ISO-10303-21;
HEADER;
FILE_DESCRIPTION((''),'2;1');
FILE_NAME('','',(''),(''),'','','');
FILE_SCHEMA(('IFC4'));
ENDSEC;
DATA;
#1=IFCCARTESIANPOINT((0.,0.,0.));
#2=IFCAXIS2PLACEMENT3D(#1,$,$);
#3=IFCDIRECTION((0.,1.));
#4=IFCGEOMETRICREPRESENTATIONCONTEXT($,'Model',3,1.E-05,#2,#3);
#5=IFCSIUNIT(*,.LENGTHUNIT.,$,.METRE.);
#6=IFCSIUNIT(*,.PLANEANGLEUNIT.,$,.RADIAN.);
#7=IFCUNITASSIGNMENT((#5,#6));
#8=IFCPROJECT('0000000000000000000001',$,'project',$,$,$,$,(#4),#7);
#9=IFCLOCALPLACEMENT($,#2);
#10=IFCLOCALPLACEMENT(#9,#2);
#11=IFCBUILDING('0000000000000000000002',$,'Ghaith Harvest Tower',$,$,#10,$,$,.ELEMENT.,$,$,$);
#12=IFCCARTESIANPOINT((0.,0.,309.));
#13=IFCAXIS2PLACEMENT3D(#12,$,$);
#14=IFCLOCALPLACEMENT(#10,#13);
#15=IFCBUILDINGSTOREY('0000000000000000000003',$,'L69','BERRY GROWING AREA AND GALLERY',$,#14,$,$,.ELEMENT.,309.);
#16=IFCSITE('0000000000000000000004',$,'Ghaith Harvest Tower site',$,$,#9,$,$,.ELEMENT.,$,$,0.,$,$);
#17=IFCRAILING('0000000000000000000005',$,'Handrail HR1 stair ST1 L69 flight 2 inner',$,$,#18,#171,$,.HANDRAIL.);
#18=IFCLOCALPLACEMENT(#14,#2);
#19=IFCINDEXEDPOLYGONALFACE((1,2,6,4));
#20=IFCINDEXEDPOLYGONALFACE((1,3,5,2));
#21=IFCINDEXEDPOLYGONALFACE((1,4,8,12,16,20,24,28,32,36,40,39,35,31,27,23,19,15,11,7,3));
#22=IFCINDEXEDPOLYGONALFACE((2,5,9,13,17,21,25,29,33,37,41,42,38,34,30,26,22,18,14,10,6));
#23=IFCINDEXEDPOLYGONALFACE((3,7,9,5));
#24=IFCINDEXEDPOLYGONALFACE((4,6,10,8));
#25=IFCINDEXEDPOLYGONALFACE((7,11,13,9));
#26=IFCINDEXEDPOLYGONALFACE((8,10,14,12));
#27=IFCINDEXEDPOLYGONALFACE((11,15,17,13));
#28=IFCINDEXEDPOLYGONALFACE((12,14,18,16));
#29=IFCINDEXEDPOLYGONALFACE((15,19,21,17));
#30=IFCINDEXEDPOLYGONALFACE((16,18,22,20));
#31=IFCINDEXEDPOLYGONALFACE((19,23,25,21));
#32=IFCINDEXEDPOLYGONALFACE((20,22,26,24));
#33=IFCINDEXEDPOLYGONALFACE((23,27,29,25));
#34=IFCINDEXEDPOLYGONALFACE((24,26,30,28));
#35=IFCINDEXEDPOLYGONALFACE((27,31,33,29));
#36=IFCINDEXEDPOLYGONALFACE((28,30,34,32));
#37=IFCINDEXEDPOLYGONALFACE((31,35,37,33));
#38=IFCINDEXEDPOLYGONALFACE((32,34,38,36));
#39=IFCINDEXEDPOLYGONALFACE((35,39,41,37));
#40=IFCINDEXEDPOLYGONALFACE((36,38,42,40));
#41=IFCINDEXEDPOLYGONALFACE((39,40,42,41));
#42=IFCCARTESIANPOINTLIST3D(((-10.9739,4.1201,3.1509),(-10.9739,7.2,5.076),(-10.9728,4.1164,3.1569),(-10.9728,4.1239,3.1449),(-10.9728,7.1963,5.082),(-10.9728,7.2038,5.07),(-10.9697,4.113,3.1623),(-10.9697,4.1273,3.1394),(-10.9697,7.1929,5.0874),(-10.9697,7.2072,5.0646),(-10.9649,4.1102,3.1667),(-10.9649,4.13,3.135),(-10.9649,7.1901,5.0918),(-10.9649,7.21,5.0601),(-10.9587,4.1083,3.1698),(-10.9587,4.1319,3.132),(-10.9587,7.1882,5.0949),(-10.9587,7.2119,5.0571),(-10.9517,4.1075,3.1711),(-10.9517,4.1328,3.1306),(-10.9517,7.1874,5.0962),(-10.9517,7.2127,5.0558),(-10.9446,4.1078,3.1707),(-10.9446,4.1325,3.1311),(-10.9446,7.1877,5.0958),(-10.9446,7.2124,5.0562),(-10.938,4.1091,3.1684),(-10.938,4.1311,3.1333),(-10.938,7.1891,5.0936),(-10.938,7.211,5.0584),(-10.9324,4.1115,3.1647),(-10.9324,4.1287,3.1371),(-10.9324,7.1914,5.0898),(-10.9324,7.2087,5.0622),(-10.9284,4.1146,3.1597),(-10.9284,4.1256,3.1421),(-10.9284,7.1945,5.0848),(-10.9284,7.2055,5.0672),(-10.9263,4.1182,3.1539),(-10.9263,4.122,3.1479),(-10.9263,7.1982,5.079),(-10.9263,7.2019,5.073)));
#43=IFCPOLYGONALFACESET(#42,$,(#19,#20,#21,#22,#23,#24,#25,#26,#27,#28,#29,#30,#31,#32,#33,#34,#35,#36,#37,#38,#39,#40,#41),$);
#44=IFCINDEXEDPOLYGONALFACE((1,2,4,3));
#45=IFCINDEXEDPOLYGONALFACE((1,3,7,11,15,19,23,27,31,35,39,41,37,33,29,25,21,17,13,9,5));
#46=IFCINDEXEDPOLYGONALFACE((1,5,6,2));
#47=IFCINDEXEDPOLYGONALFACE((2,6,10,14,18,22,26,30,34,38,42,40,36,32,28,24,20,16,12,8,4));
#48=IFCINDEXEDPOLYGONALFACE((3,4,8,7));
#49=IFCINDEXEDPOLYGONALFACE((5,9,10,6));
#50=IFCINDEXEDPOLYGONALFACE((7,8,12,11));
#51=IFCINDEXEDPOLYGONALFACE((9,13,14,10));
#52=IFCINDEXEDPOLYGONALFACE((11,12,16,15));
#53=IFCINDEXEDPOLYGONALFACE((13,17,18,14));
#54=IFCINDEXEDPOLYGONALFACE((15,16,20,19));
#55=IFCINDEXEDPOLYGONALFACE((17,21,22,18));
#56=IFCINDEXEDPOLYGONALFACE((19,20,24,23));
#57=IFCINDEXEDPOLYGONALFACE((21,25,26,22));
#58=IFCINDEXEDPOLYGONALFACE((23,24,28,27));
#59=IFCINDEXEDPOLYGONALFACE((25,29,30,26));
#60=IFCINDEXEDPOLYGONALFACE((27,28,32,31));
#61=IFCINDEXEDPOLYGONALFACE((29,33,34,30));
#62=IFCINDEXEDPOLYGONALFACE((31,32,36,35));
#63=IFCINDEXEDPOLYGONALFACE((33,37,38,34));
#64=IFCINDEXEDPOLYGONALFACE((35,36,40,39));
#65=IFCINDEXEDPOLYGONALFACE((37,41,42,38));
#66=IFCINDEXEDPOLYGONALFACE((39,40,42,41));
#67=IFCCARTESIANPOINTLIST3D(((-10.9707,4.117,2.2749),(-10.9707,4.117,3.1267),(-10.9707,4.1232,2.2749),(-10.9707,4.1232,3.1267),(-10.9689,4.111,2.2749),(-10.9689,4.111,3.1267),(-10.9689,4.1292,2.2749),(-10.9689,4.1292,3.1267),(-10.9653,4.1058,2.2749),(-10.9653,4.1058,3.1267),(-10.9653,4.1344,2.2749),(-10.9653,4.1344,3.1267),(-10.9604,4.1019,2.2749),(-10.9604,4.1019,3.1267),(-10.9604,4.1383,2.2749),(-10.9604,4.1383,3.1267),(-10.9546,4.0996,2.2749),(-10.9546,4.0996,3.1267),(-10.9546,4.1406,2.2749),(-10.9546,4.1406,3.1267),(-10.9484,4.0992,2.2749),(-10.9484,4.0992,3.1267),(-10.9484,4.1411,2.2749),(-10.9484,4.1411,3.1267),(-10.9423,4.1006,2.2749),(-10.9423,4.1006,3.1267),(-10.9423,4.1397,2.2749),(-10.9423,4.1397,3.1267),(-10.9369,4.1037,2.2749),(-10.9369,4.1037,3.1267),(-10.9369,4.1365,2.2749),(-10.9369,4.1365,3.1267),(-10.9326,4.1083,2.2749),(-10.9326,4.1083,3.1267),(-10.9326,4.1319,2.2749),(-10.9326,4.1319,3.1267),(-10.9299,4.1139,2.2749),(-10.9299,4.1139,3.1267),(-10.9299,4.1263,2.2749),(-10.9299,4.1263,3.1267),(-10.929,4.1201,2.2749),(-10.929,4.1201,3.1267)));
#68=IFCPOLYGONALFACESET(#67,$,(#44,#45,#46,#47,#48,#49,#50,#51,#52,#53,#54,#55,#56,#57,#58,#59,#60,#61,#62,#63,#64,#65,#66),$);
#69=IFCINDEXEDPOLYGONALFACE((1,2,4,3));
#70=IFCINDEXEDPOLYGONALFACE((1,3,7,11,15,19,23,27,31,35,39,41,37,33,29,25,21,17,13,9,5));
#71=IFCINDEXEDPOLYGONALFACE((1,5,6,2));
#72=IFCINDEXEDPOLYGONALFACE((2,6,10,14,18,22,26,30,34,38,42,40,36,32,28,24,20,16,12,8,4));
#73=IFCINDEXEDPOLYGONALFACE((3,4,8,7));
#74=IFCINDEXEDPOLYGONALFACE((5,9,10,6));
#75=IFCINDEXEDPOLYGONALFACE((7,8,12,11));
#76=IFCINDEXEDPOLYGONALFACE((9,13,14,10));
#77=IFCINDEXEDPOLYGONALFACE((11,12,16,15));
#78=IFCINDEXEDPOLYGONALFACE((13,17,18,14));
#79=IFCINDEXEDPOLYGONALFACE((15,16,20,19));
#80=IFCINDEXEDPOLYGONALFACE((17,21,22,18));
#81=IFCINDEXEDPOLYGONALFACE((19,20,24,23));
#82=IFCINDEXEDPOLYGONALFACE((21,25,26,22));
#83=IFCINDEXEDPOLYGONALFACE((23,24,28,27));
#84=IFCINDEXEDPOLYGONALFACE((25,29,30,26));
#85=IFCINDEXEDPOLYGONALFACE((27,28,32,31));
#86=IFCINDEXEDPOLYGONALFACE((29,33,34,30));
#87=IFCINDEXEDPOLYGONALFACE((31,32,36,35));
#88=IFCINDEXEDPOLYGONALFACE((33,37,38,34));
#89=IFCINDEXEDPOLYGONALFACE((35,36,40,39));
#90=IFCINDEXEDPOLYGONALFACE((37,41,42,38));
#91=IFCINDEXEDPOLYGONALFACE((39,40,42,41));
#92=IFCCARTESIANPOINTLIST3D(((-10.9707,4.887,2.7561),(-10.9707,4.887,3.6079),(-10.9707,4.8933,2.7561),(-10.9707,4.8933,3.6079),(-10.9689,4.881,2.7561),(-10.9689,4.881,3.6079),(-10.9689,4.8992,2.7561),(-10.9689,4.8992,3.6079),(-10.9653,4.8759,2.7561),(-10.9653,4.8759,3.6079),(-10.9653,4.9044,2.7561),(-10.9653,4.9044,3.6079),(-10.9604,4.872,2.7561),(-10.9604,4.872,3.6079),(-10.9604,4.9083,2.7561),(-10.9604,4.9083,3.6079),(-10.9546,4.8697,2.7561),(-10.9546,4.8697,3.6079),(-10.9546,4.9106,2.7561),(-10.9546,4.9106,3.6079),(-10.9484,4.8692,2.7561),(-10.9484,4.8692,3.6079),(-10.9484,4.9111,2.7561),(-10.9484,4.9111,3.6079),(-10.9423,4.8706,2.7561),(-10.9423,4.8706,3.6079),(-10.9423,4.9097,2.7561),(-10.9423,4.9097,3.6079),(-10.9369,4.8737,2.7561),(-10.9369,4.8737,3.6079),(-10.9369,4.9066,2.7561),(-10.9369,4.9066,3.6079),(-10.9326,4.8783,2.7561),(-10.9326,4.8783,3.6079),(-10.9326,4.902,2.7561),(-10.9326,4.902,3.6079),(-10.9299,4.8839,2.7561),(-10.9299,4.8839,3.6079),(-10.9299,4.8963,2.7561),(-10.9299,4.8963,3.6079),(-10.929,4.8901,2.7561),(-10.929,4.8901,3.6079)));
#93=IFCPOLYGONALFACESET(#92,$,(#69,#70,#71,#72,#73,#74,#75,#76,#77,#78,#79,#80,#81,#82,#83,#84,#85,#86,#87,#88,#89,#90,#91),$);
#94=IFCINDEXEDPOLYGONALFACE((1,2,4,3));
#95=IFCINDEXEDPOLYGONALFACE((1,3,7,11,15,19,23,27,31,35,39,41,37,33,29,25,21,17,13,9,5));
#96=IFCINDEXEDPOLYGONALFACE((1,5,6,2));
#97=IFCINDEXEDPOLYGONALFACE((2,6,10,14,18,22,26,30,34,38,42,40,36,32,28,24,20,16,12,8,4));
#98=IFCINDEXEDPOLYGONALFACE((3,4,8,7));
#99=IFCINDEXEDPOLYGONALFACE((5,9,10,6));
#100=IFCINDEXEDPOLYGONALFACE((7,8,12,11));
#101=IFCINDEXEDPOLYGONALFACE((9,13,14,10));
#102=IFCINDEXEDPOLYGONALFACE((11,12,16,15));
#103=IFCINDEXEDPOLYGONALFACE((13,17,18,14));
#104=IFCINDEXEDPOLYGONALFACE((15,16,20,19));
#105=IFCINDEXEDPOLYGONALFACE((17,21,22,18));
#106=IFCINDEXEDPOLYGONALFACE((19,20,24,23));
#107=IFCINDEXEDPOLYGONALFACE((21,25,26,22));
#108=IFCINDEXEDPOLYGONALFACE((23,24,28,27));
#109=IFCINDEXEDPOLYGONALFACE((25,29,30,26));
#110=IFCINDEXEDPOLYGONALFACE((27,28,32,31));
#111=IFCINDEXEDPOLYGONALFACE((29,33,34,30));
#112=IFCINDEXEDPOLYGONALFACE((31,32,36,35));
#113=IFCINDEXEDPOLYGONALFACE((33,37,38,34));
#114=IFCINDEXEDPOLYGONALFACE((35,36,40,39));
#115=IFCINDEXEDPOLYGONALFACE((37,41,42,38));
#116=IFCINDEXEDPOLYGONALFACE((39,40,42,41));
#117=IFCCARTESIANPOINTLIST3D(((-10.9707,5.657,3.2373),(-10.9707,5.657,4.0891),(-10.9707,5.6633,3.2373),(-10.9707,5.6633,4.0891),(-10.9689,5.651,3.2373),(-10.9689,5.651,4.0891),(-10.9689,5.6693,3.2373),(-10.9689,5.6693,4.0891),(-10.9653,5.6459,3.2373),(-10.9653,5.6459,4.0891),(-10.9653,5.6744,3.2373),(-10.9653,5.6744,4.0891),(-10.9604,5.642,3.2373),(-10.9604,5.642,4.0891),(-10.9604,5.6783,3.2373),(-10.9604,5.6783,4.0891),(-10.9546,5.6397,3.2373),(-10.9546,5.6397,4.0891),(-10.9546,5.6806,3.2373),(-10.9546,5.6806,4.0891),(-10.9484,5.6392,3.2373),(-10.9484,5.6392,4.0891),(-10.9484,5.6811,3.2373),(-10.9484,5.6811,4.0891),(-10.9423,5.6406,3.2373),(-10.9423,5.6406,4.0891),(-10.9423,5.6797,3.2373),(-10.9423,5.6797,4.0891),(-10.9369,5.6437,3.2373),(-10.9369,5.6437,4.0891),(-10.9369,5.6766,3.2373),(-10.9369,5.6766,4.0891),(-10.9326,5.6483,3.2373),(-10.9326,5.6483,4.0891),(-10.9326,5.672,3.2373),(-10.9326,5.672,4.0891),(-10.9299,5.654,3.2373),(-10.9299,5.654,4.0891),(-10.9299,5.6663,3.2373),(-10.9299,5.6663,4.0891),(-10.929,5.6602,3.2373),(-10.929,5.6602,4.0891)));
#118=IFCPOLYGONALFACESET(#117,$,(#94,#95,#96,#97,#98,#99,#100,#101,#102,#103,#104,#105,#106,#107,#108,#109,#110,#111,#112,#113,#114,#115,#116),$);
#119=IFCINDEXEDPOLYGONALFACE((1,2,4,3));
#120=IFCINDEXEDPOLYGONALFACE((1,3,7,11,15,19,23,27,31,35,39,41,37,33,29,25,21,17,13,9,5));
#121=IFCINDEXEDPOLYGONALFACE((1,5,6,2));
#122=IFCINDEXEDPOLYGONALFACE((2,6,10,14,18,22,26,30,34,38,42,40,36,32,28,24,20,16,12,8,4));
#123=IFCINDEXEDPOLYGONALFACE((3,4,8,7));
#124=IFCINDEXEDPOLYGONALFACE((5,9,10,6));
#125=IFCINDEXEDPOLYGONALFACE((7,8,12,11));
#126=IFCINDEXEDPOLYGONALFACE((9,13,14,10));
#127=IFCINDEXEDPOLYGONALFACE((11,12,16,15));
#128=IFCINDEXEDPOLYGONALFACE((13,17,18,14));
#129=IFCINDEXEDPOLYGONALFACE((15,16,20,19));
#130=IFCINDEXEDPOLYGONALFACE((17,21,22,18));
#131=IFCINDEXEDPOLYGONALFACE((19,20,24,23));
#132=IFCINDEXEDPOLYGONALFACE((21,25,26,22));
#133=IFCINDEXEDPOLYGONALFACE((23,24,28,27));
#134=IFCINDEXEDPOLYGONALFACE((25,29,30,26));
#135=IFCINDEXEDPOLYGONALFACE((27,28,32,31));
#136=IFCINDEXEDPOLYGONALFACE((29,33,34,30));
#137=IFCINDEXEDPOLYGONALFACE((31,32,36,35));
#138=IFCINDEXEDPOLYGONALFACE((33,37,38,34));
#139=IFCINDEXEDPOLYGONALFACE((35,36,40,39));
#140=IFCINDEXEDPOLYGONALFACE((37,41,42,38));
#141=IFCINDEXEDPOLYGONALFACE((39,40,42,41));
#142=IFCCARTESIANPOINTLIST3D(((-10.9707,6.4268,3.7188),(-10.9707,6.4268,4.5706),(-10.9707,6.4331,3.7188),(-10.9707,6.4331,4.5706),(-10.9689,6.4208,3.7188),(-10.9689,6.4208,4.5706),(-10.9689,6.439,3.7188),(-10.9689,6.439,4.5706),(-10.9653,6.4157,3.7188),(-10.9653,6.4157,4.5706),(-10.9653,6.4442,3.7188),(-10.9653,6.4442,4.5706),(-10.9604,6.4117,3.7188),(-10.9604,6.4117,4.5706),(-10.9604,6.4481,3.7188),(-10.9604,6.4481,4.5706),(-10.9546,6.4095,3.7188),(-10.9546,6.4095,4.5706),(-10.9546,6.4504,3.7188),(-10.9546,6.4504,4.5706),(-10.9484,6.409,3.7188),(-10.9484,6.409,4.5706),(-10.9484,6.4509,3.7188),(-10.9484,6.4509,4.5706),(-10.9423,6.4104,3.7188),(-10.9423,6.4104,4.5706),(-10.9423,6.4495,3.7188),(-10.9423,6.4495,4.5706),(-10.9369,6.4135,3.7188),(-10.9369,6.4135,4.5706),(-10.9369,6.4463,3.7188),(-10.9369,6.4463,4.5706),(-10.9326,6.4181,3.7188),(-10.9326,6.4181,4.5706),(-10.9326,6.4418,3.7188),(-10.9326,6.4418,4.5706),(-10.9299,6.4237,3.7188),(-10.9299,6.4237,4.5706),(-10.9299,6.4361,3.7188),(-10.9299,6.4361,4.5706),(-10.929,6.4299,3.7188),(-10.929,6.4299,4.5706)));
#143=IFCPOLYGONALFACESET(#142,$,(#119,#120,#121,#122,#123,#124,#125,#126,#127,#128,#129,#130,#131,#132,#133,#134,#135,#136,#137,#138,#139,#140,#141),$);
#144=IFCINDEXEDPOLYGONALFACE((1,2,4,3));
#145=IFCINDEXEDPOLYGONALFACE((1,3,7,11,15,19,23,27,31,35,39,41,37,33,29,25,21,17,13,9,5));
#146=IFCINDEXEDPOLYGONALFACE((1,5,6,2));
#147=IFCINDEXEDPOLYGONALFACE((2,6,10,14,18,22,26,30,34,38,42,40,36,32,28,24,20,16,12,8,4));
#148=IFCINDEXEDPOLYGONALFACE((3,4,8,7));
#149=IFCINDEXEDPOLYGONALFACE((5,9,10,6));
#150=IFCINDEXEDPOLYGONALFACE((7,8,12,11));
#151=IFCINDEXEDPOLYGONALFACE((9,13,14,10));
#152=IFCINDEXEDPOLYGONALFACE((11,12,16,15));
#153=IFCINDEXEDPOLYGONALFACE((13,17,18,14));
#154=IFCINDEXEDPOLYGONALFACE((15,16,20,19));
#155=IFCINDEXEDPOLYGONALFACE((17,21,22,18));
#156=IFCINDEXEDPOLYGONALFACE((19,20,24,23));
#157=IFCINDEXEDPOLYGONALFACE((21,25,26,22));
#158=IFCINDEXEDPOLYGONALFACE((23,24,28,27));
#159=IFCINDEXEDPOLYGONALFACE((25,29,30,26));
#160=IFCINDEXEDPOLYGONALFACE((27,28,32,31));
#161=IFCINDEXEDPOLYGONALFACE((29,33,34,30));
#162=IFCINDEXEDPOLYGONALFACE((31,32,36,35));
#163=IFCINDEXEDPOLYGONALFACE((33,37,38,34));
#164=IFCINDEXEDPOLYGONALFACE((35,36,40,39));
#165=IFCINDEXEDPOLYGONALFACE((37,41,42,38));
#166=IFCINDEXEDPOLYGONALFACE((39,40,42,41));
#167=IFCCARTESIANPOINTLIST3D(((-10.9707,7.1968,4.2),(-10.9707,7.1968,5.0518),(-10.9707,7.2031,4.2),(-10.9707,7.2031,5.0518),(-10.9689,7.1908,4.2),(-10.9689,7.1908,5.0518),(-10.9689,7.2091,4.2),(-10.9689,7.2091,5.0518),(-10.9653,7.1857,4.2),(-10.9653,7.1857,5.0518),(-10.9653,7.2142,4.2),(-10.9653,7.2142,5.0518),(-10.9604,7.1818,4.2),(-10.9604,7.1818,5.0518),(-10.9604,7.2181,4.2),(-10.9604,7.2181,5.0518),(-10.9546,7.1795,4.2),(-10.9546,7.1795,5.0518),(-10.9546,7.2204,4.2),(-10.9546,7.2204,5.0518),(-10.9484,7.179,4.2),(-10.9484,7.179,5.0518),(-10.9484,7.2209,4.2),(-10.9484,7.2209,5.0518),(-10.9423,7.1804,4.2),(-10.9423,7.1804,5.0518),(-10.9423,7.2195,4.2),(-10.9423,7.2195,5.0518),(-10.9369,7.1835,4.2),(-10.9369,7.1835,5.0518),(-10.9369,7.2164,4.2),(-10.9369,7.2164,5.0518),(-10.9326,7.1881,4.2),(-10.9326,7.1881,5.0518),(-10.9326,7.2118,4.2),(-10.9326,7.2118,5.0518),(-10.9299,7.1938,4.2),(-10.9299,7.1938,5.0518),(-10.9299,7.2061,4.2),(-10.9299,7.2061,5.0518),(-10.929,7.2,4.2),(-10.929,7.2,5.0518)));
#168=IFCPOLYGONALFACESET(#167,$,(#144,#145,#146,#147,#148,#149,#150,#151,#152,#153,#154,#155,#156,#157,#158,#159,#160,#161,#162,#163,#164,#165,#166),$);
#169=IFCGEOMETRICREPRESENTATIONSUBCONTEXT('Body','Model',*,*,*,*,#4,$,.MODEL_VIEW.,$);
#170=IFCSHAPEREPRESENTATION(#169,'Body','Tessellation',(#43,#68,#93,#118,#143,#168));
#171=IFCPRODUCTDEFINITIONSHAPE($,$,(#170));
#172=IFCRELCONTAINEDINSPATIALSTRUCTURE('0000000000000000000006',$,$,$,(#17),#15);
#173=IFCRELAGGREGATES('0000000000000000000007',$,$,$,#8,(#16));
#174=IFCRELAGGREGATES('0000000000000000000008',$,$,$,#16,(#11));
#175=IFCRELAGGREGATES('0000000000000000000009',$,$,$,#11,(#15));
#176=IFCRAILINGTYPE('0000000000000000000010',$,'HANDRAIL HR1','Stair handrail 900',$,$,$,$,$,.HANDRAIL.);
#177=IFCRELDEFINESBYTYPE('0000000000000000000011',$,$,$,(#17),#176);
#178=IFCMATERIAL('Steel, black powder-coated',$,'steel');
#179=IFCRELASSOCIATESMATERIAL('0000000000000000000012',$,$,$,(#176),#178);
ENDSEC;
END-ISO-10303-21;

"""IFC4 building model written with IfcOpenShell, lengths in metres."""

from ifc_helpers import new_model, si_unit, direction, frame, origin, origin_2d, place, context, subcontext, project, spatial, circle, extrude, material, type_object, element, save


model = new_model("IFC4")

# Units and contexts
model_context = context("Model", 3, precision=1e-05, world=origin(), true_north=direction((0.0, 1.0)))
body_context = subcontext(model_context, "Body", "Model", "MODEL_VIEW")
ifc_project = project(units=[si_unit("LENGTHUNIT", "METRE"), si_unit("PLANEANGLEUNIT", "RADIAN")], contexts=[model_context])

# Site, building, storey
site_placement = place(None, origin())
site = spatial("IfcSite", under=ifc_project, at=site_placement, Name="Ghaith Harvest Tower site", CompositionType="ELEMENT", RefElevation=0.0)
building_placement = place(site_placement, origin())
building = spatial("IfcBuilding", under=site, at=building_placement, Name="Ghaith Harvest Tower", CompositionType="ELEMENT")
storey_placement = place(building_placement, frame((0.0, 0.0, 309.0)))
storey = spatial("IfcBuildingStorey", under=building, at=storey_placement, Name="L69", Description="BERRY GROWING AREA AND GALLERY", CompositionType="ELEMENT", Elevation=309.0)

# Railing
ifc_material_1 = material(Name="Steel, black powder-coated", Category="steel")
railing_type = type_object("IfcRailingType", Name="HANDRAIL HR1", Description="Stair handrail 900", PredefinedType="HANDRAIL", material=ifc_material_1)
railing_1_placement = place(storey_placement, frame((-10.95, 4.1201, 2.2749)))
element("IfcRailing", 1, at=railing_1_placement, inside=storey, type_object=railing_type, Name="Handrail HR1 stair ST1 L69 flight 2 inner", PredefinedType="HANDRAIL", context=body_context, shape_type="SweptSolid", body=[
    extrude(circle(Radius=0.0239, at=origin_2d()), frame((0.0, 0.0, 0.876), z_axis=(0.0, 0.847979, 0.530029), x_axis=(-1.0, 0.0, 0.0)), (0.0, 0.0, 1.0), 3.6321),
    extrude(circle(Radius=0.021, at=origin_2d()), origin(), (0.0, 0.0, 1.0), 0.8518),
    extrude(circle(Radius=0.021, at=origin_2d()), frame((0.0, 0.77, 0.4812)), (0.0, 0.0, 1.0), 0.8518),
    extrude(circle(Radius=0.021, at=origin_2d()), frame((0.0, 1.54, 0.9624)), (0.0, 0.0, 1.0), 0.8518),
    extrude(circle(Radius=0.021, at=origin_2d()), frame((0.0, 2.3098, 1.4438)), (0.0, 0.0, 1.0), 0.8518),
    extrude(circle(Radius=0.021, at=origin_2d()), frame((0.0, 3.0798, 1.925)), (0.0, 0.0, 1.0), 0.8518),
])

save(model, "model.ifc")
